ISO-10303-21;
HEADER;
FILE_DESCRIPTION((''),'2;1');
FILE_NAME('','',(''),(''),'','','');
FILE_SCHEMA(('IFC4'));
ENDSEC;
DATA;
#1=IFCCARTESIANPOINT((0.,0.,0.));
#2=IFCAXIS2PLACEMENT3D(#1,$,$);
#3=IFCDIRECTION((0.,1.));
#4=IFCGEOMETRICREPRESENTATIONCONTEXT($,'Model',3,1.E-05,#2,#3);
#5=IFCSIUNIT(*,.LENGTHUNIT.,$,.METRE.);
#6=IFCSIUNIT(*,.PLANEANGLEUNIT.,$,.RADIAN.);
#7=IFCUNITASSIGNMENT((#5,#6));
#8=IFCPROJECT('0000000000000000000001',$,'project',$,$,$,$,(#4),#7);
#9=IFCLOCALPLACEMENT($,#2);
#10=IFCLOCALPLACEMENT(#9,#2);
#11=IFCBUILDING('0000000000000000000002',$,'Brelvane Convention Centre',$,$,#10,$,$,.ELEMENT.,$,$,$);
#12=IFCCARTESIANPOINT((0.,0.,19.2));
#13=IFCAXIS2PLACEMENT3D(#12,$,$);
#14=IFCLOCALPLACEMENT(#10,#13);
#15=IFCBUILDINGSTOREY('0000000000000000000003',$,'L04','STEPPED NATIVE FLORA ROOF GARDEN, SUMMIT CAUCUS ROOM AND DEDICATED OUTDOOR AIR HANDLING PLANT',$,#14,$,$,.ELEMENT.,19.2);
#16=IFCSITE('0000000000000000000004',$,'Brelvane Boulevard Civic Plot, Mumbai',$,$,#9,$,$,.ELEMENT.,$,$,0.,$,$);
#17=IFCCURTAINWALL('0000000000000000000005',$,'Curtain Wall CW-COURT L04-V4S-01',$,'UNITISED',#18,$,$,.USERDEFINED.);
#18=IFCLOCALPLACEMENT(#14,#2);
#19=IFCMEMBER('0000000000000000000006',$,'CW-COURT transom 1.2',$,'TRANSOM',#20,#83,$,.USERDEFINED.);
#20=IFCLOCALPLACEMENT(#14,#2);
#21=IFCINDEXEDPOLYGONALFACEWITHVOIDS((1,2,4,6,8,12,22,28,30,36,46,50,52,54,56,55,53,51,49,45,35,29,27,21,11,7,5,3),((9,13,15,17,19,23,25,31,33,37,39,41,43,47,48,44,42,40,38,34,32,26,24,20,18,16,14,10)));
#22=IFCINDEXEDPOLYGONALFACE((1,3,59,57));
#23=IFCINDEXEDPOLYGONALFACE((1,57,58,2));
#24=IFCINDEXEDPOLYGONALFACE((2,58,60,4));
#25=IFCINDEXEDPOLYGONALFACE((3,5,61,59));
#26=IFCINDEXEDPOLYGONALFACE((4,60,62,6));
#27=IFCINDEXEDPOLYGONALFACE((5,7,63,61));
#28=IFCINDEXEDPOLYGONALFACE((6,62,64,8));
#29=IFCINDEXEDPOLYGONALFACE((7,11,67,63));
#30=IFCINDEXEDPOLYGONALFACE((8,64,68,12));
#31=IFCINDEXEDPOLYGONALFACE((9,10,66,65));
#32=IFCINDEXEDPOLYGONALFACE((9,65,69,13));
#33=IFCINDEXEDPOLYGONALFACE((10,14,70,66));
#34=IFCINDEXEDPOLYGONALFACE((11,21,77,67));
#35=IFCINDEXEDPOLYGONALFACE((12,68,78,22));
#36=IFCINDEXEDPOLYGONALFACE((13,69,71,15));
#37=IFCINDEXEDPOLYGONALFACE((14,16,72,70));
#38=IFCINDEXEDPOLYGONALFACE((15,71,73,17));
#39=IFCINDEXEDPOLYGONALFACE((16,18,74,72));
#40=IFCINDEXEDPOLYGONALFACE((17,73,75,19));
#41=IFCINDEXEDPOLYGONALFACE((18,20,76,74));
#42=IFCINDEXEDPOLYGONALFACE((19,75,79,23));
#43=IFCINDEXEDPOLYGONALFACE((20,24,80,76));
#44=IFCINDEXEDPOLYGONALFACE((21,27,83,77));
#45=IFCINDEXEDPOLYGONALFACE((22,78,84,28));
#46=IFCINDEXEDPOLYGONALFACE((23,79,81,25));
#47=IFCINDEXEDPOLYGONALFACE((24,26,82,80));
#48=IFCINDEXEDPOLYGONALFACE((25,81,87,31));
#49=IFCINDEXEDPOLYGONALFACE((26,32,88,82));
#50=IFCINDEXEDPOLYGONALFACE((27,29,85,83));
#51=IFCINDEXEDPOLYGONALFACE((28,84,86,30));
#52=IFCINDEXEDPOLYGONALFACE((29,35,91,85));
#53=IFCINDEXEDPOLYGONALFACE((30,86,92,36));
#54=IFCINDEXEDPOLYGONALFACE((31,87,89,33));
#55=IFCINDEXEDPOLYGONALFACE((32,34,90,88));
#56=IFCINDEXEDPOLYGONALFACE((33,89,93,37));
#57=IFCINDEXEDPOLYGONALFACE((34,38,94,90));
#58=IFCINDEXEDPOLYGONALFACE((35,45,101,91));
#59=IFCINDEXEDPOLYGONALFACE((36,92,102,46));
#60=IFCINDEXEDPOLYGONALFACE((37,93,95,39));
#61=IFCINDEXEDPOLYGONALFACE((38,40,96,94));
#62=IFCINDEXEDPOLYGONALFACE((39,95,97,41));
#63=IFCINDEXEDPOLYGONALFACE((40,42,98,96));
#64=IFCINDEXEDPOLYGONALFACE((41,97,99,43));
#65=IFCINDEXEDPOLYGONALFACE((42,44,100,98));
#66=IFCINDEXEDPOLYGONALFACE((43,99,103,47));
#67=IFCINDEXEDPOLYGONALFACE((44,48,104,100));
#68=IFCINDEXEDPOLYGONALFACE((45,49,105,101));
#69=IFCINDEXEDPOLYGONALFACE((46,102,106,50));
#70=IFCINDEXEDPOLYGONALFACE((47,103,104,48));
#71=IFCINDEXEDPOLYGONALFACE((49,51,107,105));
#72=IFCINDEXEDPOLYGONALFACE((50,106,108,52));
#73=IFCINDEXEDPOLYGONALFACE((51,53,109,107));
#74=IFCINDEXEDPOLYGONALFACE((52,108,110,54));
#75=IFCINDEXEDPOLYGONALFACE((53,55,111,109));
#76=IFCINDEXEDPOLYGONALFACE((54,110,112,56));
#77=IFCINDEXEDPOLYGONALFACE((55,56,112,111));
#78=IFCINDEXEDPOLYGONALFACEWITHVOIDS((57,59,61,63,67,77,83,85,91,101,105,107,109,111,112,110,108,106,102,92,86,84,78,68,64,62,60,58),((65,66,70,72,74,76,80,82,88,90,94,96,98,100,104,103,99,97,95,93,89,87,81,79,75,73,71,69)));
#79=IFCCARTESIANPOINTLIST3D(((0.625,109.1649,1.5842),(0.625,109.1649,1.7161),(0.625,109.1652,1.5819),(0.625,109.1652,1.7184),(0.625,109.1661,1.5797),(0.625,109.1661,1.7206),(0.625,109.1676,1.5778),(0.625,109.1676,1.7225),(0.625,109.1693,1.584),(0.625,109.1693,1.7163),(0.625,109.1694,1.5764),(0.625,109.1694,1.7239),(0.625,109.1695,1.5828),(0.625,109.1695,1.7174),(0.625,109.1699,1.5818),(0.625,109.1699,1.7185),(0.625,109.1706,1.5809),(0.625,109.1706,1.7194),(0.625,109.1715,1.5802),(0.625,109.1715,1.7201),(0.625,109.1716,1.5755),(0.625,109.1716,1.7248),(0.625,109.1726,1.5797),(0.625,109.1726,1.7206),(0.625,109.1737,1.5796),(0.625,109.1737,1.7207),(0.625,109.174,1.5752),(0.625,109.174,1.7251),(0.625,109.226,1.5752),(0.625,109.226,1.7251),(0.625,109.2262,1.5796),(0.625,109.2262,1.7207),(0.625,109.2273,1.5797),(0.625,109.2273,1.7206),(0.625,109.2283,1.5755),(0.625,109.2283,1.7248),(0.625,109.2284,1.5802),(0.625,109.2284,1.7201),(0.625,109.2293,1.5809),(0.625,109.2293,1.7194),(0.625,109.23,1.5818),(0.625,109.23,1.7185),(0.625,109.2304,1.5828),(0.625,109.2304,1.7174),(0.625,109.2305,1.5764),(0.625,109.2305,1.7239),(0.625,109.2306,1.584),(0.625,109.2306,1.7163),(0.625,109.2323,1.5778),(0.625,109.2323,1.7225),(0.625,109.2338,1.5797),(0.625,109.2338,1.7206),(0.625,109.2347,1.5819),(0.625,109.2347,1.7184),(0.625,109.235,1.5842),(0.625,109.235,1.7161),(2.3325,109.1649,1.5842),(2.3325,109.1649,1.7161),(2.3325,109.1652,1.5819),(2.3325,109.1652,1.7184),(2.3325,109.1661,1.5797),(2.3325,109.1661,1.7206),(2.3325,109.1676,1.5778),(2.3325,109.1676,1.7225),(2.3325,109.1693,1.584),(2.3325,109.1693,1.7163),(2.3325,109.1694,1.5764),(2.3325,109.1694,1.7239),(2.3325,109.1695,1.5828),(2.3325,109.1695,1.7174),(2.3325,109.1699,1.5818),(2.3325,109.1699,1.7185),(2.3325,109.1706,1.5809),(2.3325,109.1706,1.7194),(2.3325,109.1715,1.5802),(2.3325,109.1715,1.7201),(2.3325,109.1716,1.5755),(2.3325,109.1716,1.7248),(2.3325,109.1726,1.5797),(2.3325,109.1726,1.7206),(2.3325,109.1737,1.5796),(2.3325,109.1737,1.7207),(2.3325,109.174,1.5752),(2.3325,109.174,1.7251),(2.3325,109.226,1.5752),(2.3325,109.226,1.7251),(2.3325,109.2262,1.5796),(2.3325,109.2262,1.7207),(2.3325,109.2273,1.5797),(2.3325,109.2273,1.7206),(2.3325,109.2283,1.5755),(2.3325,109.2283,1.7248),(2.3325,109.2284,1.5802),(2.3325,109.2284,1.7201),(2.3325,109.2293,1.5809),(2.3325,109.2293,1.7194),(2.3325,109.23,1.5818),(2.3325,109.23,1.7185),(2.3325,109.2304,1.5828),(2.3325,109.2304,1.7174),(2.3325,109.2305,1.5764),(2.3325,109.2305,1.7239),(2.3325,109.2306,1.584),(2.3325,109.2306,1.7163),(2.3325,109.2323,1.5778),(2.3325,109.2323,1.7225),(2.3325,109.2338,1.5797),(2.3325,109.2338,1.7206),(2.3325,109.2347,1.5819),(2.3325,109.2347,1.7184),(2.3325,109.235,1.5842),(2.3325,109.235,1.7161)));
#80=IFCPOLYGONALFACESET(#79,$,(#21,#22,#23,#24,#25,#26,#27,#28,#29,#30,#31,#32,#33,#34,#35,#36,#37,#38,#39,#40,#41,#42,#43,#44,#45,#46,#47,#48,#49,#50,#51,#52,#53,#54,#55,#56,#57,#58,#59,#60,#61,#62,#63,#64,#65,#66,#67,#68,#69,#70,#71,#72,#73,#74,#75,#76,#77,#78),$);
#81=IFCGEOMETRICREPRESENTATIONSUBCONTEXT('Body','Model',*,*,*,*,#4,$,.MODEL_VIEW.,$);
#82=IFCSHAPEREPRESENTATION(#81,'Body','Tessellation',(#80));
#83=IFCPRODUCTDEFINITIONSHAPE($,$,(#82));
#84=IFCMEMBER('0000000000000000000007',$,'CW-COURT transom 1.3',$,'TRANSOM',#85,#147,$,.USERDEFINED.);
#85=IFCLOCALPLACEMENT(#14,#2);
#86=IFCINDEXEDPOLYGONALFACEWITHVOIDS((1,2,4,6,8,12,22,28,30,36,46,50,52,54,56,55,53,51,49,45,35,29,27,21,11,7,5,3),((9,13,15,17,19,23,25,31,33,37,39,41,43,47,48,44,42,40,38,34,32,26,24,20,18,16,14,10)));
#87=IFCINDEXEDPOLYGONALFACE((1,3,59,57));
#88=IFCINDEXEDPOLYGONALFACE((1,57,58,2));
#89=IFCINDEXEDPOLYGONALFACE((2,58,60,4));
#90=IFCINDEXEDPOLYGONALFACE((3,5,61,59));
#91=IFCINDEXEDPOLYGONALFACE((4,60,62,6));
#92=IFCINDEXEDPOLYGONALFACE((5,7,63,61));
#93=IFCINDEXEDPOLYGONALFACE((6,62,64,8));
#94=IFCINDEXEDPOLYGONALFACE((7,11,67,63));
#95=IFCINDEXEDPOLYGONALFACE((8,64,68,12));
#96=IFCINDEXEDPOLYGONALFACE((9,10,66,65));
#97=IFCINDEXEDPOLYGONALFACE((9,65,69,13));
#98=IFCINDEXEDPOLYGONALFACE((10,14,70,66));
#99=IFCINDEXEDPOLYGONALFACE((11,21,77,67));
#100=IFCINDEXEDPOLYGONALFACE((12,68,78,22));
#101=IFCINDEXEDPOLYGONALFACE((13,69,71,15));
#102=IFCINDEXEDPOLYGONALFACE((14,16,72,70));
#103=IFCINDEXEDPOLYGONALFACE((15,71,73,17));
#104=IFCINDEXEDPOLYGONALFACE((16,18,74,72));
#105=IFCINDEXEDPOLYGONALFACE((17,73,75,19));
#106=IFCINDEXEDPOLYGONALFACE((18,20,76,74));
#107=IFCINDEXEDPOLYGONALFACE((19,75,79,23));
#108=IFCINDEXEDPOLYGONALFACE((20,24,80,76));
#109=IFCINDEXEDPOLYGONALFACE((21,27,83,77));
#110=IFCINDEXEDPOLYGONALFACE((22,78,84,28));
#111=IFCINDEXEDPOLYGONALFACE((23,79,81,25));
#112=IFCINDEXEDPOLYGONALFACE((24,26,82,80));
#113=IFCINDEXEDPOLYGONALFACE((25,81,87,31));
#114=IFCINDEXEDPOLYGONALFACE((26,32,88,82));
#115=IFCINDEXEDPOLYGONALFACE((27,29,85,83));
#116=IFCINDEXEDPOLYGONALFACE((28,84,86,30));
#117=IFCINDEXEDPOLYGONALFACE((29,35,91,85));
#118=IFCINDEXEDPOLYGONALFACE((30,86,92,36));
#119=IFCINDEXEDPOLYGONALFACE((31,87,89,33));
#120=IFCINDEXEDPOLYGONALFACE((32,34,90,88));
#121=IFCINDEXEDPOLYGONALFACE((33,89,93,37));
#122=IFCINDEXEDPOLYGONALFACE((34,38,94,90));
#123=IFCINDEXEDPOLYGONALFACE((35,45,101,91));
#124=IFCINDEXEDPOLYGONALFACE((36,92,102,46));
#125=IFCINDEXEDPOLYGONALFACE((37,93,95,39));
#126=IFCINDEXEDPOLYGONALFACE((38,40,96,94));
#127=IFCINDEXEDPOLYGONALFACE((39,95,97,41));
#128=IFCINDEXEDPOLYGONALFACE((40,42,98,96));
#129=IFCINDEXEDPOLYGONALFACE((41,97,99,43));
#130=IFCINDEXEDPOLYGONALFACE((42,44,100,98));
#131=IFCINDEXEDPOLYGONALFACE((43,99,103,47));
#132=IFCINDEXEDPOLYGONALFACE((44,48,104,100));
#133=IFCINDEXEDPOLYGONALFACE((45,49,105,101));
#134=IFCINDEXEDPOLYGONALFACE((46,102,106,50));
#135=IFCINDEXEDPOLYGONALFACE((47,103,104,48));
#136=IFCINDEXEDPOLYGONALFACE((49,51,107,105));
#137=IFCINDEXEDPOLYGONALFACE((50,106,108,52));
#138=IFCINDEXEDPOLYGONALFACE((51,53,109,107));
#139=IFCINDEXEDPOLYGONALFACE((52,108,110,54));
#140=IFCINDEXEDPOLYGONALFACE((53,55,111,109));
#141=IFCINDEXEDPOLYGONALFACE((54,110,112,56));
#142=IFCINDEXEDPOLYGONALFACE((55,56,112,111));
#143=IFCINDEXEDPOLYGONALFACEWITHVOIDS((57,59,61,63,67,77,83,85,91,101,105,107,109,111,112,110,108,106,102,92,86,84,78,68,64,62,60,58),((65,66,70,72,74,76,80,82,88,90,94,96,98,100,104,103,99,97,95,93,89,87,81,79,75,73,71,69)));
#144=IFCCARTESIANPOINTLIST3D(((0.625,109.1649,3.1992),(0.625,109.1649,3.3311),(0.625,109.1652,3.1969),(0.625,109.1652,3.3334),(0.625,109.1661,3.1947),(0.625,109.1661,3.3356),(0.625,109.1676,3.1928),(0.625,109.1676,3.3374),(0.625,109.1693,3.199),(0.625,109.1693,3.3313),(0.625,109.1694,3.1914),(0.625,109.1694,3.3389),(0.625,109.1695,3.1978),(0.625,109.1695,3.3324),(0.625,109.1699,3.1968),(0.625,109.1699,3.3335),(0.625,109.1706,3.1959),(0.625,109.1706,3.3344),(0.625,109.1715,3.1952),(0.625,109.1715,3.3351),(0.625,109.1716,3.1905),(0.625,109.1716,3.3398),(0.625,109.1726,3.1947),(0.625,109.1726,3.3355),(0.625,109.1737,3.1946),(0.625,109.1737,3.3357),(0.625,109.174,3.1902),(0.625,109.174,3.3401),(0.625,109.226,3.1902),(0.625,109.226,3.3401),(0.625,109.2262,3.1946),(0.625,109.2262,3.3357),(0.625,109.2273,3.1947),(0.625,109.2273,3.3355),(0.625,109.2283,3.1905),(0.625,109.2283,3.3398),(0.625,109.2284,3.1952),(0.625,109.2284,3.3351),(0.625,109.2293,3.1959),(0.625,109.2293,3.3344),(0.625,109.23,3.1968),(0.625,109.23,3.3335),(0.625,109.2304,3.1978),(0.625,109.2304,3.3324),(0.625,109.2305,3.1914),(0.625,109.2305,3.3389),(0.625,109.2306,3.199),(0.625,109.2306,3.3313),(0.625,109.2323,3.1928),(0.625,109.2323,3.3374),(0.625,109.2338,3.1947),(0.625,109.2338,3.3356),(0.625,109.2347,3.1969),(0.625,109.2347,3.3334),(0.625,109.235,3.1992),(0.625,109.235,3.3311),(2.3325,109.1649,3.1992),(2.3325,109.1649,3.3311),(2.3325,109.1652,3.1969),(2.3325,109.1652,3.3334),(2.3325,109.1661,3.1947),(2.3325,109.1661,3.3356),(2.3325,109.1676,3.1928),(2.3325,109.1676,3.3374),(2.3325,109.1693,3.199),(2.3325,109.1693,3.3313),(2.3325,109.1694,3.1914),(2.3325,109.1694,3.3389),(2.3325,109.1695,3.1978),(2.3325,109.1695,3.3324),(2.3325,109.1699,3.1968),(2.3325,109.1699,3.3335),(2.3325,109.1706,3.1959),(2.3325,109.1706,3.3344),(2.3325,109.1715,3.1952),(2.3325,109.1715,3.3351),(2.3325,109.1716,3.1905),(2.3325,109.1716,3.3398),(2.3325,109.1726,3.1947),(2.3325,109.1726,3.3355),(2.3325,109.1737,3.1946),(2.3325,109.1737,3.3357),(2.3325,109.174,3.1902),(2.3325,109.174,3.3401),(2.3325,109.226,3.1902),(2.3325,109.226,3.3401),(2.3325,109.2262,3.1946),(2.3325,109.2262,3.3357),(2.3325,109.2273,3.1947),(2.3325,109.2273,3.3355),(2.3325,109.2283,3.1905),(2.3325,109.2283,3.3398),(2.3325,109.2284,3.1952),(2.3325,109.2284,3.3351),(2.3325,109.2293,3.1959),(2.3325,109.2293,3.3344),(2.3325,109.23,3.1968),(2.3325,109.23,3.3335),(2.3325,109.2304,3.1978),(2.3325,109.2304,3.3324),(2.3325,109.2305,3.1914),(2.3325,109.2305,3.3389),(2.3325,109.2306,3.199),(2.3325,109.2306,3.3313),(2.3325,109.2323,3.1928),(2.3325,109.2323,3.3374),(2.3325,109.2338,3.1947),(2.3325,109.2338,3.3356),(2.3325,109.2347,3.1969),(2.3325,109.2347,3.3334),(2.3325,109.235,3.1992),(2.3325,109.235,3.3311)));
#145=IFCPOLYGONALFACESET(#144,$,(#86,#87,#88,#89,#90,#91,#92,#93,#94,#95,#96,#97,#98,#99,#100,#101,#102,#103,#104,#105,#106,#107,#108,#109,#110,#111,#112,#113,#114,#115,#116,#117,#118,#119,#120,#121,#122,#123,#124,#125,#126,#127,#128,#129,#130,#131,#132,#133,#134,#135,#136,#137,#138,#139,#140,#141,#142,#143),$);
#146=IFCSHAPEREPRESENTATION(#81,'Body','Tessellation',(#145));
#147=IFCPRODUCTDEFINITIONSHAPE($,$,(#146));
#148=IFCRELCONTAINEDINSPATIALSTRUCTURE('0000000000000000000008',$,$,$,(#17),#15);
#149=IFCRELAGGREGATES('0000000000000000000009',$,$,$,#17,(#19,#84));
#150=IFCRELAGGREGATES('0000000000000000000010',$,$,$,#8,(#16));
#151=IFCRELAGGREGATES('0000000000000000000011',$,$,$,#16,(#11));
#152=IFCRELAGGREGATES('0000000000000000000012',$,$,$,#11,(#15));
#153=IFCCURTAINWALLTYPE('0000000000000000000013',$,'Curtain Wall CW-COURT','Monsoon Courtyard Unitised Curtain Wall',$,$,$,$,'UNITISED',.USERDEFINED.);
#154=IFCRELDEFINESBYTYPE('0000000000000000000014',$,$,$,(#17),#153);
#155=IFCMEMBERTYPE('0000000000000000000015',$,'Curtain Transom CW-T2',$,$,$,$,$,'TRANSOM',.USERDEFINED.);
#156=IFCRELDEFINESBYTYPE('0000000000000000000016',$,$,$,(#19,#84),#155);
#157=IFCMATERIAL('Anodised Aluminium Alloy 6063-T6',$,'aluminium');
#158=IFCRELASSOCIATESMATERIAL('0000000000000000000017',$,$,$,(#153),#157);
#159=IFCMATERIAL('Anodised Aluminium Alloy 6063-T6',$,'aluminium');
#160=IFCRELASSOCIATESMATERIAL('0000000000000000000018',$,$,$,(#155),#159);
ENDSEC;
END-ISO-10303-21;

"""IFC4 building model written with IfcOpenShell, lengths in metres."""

from ifc_helpers import new_model, si_unit, direction, frame, origin, origin_2d, place, context, subcontext, project, spatial, hollow_rectangle, extrude, material, material_profile, profile_set, type_object, element, aggregate, save


model = new_model("IFC4")

# Units and contexts
model_context = context("Model", 3, precision=1e-05, world=origin(), true_north=direction((0.0, 1.0)))
body_context = subcontext(model_context, "Body", "Model", "MODEL_VIEW")
ifc_project = project(units=[si_unit("LENGTHUNIT", "METRE"), si_unit("PLANEANGLEUNIT", "RADIAN")], contexts=[model_context])

# Site, building, storey
site_placement = place(None, origin())
site = spatial("IfcSite", under=ifc_project, at=site_placement, Name="Brelvane Boulevard Civic Plot, Mumbai", CompositionType="ELEMENT", RefElevation=0.0)
building_placement = place(site_placement, origin())
building = spatial("IfcBuilding", under=site, at=building_placement, Name="Brelvane Convention Centre", CompositionType="ELEMENT")
storey_placement = place(building_placement, frame((0.0, 0.0, 19.2)))
storey = spatial("IfcBuildingStorey", under=building, at=storey_placement, Name="L04", Description="STEPPED NATIVE FLORA ROOF GARDEN, SUMMIT CAUCUS ROOM AND DEDICATED OUTDOOR AIR HANDLING PLANT", CompositionType="ELEMENT", Elevation=19.2)

# Curtain wall, members
ifc_material_1 = material(Name="Anodised Aluminium Alloy 6063-T6", Category="aluminium")
curtain_wall_type = type_object("IfcCurtainWallType", Name="Curtain Wall CW-COURT", Description="Monsoon Courtyard Unitised Curtain Wall", ElementType="UNITISED", PredefinedType="USERDEFINED", material=ifc_material_1)
curtain_wall_placement = place(storey_placement, origin())
curtain_wall = element("IfcCurtainWall", 1, at=curtain_wall_placement, inside=storey, type_object=curtain_wall_type, Name="Curtain Wall CW-COURT L04-V4S-01", ObjectType="UNITISED", PredefinedType="USERDEFINED")
ifc_material_2 = material(Name="Anodised Aluminium Alloy 6063-T6", Category="aluminium")
ifc_material_profile_1 = material_profile(ifc_material_2, hollow_rectangle(XDim=0.0701, YDim=0.1499, WallThickness=0.0044, InnerFilletRadius=0.0044, OuterFilletRadius=0.009, at=origin_2d()), Name="ALU-T 150x70x4.5")
ifc_profile_set_1 = profile_set([ifc_material_profile_1], Name="Anodised Aluminium Alloy 6063-T6")
member_type_1 = type_object("IfcMemberType", Name="Curtain Transom CW-T2", ElementType="TRANSOM", PredefinedType="USERDEFINED", material=ifc_profile_set_1)
member_1_placement = place(storey_placement, frame((0.625, 109.2, 1.6501), z_axis=(1.0, 0.0, 0.0), x_axis=(0.0, 1.0, 0.0)))
member_1 = element("IfcMember", 2, at=member_1_placement, type_object=member_type_1, Name="CW-COURT transom 1.2", ObjectType="TRANSOM", PredefinedType="USERDEFINED", context=body_context, shape_type="SweptSolid", body=[
    extrude(hollow_rectangle(XDim=0.0701, YDim=0.1499, WallThickness=0.0044, InnerFilletRadius=0.0044, OuterFilletRadius=0.009, at=origin_2d()), origin(), (0.0, 0.0, 1.0), 1.7075),
])
member_2_placement = place(storey_placement, frame((0.625, 109.2, 3.2651), z_axis=(1.0, 0.0, 0.0), x_axis=(0.0, 1.0, 0.0)))
member_2 = element("IfcMember", 3, at=member_2_placement, type_object=member_type_1, Name="CW-COURT transom 1.3", ObjectType="TRANSOM", PredefinedType="USERDEFINED", context=body_context, shape_type="SweptSolid", body=[
    extrude(hollow_rectangle(XDim=0.0701, YDim=0.1499, WallThickness=0.0044, InnerFilletRadius=0.0044, OuterFilletRadius=0.009, at=origin_2d()), origin(), (0.0, 0.0, 1.0), 1.7075),
])
aggregate(curtain_wall, [member_1, member_2])

save(model, "model.ifc")
